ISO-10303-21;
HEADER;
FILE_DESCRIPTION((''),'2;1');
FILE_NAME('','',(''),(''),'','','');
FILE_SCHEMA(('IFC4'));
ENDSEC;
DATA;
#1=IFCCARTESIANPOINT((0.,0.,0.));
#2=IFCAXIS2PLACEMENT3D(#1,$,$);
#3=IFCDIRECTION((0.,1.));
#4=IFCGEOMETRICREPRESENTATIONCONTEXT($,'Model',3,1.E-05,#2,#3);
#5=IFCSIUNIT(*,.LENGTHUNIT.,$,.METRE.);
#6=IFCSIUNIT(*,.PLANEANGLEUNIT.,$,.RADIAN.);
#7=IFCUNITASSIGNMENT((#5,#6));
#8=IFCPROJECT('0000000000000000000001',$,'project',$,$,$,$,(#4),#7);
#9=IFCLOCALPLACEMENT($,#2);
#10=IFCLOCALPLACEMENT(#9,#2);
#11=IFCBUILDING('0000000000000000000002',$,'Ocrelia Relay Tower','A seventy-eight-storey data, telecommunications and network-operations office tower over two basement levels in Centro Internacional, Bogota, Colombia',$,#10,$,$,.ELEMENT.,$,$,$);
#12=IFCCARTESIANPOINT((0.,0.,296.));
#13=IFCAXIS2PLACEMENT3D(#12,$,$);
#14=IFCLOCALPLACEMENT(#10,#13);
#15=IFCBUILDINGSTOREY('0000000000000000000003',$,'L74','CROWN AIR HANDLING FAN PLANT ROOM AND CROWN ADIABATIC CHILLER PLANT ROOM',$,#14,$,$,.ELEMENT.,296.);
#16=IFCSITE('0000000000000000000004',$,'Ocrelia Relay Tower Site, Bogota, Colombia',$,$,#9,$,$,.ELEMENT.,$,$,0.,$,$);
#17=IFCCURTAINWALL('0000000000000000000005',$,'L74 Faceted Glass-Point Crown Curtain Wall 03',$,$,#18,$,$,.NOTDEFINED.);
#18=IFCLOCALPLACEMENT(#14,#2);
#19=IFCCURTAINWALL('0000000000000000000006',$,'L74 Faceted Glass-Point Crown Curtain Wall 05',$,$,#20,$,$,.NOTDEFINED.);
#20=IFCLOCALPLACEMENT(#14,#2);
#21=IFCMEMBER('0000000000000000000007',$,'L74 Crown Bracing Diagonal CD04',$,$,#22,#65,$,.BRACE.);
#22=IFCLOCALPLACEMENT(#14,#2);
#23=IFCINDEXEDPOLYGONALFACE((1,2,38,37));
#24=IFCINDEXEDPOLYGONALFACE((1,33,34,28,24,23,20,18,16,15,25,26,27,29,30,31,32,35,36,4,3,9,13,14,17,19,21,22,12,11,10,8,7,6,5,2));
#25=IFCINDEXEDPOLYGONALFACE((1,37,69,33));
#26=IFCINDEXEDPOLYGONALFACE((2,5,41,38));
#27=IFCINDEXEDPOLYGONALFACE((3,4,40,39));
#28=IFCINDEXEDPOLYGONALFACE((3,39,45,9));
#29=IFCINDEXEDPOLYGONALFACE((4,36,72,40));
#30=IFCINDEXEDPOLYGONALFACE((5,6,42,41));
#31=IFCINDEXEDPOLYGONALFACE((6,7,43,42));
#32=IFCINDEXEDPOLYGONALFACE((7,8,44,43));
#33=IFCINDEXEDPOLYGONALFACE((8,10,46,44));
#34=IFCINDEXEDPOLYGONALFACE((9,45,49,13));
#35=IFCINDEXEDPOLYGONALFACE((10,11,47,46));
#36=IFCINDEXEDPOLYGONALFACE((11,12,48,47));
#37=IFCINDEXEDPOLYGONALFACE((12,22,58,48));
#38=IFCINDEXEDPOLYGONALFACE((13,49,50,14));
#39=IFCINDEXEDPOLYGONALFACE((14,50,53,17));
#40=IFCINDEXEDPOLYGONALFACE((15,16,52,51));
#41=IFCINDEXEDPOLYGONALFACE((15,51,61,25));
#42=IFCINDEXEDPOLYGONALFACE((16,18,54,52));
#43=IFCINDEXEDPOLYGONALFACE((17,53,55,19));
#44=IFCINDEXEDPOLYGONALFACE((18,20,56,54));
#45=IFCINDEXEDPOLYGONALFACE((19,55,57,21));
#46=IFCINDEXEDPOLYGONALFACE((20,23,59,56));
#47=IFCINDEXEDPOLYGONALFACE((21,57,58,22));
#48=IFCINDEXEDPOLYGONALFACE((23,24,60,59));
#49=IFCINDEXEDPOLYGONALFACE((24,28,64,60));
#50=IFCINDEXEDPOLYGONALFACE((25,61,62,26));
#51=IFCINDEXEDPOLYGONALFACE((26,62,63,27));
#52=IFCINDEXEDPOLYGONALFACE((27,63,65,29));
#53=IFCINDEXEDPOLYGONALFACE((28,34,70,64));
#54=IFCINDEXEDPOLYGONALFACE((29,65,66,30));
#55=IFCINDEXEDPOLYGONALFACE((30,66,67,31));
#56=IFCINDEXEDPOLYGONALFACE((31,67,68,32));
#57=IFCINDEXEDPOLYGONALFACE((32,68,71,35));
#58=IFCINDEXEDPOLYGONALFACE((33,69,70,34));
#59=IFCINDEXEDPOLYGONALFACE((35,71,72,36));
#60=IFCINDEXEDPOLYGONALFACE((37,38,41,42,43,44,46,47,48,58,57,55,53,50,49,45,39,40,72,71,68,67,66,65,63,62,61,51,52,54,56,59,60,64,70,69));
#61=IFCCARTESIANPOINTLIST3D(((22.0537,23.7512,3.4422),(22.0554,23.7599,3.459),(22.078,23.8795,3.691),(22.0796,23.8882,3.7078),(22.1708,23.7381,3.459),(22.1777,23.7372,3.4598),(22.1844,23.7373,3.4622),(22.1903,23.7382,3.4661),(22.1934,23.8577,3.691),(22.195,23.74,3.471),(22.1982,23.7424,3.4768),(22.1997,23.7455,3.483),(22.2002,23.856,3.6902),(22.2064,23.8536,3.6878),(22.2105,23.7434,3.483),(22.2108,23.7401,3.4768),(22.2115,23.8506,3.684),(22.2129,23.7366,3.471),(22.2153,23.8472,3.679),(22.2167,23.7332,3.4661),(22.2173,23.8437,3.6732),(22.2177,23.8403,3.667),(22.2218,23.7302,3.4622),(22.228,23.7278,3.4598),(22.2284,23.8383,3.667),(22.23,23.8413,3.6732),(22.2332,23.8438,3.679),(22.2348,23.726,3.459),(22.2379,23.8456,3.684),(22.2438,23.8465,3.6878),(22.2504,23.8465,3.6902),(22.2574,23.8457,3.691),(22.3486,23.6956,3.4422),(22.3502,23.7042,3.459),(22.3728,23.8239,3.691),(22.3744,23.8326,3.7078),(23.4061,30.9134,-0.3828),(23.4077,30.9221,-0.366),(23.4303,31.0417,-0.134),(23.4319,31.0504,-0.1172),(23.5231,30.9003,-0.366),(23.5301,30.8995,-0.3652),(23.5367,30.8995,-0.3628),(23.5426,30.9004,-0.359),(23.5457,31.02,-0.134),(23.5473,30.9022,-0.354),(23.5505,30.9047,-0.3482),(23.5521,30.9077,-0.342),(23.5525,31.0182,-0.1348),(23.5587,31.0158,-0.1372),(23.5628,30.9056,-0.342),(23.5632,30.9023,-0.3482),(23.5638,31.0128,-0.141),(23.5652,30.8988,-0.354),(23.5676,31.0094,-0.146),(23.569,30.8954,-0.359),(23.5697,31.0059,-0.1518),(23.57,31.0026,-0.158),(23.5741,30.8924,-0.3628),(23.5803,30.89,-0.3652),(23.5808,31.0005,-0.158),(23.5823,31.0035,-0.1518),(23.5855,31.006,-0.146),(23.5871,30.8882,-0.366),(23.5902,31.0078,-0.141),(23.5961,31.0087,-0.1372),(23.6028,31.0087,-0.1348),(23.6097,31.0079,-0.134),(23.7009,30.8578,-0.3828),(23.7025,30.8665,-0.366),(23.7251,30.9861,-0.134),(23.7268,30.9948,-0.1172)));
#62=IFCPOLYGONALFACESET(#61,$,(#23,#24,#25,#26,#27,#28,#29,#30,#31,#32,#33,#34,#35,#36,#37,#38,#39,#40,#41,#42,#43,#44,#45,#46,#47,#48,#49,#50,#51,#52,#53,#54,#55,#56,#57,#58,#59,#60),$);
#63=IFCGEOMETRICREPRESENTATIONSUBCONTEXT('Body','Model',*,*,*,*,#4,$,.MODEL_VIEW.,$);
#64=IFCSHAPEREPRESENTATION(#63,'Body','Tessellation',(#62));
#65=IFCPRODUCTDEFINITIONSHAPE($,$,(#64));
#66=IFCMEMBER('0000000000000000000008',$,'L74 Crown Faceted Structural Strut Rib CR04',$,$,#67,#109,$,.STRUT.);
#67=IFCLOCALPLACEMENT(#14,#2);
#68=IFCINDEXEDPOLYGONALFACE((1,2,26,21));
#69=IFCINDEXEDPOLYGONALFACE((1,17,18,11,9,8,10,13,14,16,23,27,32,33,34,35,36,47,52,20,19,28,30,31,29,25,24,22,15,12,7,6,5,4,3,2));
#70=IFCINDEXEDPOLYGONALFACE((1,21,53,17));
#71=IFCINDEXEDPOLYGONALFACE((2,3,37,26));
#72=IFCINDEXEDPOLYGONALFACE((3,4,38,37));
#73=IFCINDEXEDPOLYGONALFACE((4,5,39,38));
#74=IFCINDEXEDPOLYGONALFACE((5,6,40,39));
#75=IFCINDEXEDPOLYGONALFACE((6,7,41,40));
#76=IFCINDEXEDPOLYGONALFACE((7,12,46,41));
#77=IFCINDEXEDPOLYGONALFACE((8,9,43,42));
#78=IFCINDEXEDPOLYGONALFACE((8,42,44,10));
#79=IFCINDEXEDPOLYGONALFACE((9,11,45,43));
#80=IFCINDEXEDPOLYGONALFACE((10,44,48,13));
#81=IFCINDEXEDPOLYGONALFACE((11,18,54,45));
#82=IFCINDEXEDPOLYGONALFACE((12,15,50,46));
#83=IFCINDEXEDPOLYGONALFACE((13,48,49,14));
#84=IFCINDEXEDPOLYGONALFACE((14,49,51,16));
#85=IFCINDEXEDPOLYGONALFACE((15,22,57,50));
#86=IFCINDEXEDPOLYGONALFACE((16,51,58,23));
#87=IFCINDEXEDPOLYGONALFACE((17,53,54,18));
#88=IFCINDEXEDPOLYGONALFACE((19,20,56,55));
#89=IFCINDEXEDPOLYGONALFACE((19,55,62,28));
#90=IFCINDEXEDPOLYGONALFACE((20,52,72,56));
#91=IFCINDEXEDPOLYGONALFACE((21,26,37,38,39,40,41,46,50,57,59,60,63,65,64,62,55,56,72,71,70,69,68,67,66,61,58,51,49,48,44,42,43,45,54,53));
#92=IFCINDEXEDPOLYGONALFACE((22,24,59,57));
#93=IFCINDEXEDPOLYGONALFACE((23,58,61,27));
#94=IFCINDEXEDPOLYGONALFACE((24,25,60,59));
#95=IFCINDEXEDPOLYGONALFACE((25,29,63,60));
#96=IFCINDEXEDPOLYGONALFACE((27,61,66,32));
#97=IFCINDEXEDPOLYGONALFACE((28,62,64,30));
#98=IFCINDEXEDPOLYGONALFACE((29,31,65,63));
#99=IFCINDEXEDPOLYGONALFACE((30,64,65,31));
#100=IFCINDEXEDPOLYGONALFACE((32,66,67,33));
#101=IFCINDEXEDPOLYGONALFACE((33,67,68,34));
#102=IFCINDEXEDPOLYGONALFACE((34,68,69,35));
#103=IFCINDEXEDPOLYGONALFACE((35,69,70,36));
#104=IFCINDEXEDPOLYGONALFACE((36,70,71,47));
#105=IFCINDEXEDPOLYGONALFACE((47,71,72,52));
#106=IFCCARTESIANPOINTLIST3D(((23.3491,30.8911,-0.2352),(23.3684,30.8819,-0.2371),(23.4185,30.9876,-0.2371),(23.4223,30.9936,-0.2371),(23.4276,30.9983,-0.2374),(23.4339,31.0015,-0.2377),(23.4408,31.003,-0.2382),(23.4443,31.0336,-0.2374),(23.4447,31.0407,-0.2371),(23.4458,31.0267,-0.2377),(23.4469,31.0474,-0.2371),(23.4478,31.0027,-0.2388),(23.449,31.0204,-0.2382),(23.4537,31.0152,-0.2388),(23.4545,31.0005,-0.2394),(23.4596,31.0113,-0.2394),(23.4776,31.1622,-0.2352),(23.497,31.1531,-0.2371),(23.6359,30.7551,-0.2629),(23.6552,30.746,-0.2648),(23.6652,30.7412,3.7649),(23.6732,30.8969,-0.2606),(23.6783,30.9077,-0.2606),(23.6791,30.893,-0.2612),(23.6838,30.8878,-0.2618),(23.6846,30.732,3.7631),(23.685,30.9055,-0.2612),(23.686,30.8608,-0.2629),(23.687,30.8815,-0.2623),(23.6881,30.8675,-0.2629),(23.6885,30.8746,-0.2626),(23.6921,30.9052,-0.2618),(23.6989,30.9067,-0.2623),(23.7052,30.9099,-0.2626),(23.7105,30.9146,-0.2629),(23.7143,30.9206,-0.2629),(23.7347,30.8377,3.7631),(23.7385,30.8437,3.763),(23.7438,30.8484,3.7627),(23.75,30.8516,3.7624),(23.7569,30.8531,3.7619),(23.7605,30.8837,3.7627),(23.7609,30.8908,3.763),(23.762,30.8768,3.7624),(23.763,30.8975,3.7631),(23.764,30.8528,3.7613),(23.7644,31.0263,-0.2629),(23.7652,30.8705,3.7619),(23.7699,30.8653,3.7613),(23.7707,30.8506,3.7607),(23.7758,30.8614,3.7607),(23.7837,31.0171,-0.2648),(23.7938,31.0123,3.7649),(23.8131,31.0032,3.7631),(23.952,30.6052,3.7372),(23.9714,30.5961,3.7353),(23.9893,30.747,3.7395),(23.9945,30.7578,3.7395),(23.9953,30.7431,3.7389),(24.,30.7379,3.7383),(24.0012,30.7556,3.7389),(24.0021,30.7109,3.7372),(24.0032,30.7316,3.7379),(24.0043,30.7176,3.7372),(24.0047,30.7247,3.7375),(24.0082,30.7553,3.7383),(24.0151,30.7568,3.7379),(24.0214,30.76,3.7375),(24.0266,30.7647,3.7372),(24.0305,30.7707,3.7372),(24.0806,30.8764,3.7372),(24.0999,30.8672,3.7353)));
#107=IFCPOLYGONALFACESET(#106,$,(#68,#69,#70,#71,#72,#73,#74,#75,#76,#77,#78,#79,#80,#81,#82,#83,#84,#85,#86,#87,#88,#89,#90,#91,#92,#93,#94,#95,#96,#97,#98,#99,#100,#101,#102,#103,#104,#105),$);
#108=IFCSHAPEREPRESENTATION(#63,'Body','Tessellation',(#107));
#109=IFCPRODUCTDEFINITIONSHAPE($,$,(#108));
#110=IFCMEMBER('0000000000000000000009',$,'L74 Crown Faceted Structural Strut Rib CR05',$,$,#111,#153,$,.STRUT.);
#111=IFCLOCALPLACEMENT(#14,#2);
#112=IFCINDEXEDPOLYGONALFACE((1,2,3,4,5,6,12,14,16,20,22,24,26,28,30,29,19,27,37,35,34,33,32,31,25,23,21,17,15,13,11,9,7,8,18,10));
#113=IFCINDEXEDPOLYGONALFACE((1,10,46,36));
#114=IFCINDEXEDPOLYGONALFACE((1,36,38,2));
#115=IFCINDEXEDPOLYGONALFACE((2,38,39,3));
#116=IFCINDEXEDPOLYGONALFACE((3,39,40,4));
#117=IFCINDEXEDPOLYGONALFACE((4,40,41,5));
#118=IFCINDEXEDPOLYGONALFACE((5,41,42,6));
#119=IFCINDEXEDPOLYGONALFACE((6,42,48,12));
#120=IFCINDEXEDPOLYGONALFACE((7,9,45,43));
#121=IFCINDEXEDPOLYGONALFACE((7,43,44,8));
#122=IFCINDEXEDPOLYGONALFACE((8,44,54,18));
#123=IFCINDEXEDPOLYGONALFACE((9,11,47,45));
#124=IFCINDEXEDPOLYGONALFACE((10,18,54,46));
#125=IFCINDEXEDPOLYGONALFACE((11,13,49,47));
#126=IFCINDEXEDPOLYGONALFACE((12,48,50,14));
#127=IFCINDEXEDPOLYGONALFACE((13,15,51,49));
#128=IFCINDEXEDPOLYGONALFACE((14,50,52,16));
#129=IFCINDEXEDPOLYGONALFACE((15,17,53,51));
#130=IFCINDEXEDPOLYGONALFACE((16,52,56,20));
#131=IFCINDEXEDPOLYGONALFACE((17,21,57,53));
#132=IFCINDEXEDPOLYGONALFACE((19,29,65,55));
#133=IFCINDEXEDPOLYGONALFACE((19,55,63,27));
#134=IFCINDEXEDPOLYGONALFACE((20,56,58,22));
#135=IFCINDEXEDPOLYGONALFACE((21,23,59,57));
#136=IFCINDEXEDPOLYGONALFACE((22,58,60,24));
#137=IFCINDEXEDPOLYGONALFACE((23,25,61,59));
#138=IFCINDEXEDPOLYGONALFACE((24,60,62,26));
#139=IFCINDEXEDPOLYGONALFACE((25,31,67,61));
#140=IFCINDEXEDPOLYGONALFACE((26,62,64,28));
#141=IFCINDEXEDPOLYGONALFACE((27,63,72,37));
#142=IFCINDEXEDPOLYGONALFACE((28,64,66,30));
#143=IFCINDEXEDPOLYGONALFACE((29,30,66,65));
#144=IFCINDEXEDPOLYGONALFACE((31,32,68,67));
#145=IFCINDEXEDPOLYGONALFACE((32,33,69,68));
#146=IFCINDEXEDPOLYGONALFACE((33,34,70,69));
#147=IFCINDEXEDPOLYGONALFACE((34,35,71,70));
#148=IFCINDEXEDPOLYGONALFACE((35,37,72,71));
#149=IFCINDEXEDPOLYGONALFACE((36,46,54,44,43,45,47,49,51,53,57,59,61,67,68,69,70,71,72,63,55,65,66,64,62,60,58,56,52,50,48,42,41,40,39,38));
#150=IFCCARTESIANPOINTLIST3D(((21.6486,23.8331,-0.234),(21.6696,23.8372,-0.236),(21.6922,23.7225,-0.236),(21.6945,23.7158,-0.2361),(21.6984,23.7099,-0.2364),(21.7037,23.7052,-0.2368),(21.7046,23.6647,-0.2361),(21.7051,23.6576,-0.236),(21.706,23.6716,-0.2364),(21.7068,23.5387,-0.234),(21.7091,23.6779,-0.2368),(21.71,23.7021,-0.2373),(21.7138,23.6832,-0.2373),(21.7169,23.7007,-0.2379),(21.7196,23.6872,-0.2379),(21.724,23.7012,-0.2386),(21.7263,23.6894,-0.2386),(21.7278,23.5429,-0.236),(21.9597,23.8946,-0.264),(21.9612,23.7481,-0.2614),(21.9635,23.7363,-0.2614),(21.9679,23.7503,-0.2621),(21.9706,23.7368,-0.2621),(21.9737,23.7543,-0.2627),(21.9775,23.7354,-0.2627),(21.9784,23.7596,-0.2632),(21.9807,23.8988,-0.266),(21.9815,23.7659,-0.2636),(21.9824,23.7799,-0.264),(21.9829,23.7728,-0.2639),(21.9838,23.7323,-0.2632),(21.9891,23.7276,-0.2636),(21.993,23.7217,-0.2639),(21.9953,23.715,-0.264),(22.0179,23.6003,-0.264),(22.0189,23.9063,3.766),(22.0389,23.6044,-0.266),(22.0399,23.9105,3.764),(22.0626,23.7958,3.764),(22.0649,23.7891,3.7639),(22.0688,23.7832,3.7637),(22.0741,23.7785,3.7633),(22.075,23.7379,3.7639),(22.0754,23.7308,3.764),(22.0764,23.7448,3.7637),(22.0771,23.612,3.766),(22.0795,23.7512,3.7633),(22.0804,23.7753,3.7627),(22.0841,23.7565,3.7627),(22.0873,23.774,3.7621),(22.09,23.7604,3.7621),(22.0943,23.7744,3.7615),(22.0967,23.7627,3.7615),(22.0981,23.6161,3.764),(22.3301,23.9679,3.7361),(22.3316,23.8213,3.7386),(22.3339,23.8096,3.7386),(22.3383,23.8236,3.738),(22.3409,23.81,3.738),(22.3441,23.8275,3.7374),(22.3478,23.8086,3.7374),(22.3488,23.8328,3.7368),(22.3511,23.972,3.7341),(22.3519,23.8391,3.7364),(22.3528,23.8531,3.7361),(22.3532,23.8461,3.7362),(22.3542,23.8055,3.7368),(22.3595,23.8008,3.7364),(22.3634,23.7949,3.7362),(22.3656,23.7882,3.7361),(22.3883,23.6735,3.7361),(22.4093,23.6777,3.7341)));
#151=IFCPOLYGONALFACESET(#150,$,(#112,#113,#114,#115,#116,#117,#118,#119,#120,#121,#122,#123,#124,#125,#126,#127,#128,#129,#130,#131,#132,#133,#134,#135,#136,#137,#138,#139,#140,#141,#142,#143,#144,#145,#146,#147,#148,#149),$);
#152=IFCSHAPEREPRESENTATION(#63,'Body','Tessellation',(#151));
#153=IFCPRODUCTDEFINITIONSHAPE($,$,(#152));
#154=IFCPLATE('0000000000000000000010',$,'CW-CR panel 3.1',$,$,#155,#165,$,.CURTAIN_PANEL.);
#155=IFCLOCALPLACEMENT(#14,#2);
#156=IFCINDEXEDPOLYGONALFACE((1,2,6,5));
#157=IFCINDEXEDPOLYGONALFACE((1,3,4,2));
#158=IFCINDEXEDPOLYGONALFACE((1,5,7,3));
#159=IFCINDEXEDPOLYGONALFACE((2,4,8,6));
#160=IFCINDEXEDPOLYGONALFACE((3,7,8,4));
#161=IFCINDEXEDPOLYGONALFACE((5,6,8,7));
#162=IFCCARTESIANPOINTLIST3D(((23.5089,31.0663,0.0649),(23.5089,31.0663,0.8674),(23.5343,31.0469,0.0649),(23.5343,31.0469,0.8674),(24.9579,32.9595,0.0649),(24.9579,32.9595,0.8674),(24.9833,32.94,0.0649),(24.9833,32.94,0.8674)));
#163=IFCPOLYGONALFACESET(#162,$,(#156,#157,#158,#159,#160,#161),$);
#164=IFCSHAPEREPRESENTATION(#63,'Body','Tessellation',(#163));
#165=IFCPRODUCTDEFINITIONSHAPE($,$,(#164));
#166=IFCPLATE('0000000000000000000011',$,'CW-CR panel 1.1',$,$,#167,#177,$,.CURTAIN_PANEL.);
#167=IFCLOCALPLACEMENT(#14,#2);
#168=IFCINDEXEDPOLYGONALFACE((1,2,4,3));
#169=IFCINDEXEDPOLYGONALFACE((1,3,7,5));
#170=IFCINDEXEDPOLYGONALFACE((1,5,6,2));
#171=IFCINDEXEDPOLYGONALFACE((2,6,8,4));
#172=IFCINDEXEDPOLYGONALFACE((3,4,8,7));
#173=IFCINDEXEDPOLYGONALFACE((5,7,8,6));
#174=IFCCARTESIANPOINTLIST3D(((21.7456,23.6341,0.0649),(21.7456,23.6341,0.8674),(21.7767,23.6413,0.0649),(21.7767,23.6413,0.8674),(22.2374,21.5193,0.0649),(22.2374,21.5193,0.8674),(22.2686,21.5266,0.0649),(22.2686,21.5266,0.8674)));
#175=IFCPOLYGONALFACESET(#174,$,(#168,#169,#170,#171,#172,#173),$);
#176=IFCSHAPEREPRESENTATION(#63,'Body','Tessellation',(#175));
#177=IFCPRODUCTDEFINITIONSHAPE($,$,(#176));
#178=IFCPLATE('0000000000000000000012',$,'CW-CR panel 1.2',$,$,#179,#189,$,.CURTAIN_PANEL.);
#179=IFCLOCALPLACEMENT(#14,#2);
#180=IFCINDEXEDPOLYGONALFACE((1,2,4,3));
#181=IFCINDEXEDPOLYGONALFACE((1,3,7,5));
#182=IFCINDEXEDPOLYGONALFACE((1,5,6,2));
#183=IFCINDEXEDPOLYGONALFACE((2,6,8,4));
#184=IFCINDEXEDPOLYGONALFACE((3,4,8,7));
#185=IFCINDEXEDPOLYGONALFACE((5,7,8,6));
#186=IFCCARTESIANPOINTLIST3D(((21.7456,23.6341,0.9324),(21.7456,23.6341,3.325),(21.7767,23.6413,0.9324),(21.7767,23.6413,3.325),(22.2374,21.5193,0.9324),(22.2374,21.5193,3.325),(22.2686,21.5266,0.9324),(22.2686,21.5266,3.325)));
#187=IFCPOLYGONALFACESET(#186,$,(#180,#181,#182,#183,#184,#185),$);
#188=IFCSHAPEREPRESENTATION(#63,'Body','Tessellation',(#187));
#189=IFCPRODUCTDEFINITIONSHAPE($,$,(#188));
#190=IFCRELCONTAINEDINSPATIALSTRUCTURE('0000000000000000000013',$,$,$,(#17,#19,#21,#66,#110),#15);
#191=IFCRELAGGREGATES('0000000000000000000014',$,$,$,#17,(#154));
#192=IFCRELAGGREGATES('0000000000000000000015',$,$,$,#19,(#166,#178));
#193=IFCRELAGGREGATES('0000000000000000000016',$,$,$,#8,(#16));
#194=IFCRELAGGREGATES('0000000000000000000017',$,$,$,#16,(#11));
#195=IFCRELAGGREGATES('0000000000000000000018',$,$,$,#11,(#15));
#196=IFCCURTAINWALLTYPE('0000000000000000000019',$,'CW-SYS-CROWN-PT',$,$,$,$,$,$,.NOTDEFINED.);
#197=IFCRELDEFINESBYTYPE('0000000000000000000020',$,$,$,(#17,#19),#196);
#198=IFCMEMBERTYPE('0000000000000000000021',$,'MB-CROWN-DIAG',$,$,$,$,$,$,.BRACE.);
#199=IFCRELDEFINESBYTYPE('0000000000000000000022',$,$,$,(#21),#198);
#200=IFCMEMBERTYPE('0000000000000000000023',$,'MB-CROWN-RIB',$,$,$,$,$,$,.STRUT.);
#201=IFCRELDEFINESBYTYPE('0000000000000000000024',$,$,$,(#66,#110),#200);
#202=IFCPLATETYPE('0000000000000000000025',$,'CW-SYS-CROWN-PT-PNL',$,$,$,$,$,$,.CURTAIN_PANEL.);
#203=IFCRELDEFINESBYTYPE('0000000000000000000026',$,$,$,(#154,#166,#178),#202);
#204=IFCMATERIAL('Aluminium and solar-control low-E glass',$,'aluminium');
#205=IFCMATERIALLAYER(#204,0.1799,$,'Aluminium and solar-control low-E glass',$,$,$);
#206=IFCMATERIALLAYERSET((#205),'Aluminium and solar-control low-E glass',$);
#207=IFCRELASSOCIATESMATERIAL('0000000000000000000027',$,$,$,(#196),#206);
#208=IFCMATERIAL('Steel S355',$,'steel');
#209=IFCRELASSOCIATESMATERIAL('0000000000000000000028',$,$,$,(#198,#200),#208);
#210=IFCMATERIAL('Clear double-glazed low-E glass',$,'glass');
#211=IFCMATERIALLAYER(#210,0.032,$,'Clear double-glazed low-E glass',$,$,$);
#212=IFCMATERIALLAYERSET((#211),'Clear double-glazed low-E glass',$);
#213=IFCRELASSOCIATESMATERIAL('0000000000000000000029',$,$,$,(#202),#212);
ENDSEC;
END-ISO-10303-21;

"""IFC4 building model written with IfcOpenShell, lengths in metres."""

from ifc_helpers import new_model, si_unit, direction, frame, origin, origin_2d, place, context, subcontext, project, spatial, rectangle, i_section, extrude, material, layer, layer_set, material_profile, profile_set, type_object, element, aggregate, save


model = new_model("IFC4")

# Units and contexts
model_context = context("Model", 3, precision=1e-05, world=origin(), true_north=direction((0.0, 1.0)))
body_context = subcontext(model_context, "Body", "Model", "MODEL_VIEW")
ifc_project = project(units=[si_unit("LENGTHUNIT", "METRE"), si_unit("PLANEANGLEUNIT", "RADIAN")], contexts=[model_context])

# Site, building, storey
site_placement = place(None, origin())
site = spatial("IfcSite", under=ifc_project, at=site_placement, Name="Ocrelia Relay Tower Site, Bogota, Colombia", CompositionType="ELEMENT", RefElevation=0.0)
building_placement = place(site_placement, origin())
building = spatial("IfcBuilding", under=site, at=building_placement, Name="Ocrelia Relay Tower", Description="A seventy-eight-storey data, telecommunications and network-operations office tower over two basement levels in Centro Internacional, Bogota, Colombia", CompositionType="ELEMENT")
storey_placement = place(building_placement, frame((0.0, 0.0, 296.0)))
storey = spatial("IfcBuildingStorey", under=building, at=storey_placement, Name="L74", Description="CROWN AIR HANDLING FAN PLANT ROOM AND CROWN ADIABATIC CHILLER PLANT ROOM", CompositionType="ELEMENT", Elevation=296.0)

# Shared definitions
ifc_material_1 = material(Name="Steel S355", Category="steel")

# Curtain wall
ifc_material_2 = material(Name="Aluminium and solar-control low-E glass", Category="aluminium")
ifc_layer_1 = layer(ifc_material_2, 0.1799, Name="Aluminium and solar-control low-E glass")
ifc_layer_set_1 = layer_set([ifc_layer_1], Name="Aluminium and solar-control low-E glass")
curtain_wall_type = type_object("IfcCurtainWallType", Name="CW-SYS-CROWN-PT", PredefinedType="NOTDEFINED", material=ifc_layer_set_1)
curtain_wall_1_placement = place(storey_placement, origin())
curtain_wall_1 = element("IfcCurtainWall", 1, at=curtain_wall_1_placement, inside=storey, type_object=curtain_wall_type, Name="L74 Faceted Glass-Point Crown Curtain Wall 03", PredefinedType="NOTDEFINED")

# Curtain wall
curtain_wall_2_placement = place(storey_placement, origin())
curtain_wall_2 = element("IfcCurtainWall", 2, at=curtain_wall_2_placement, inside=storey, type_object=curtain_wall_type, Name="L74 Faceted Glass-Point Crown Curtain Wall 05", PredefinedType="NOTDEFINED")

# Members
ifc_material_profile_1 = material_profile(ifc_material_1, i_section(OverallWidth=0.3, OverallDepth=0.3, WebThickness=0.011, FlangeThickness=0.019, FilletRadius=0.0271, at=origin_2d()), Name="HEB 300")
ifc_profile_set_1 = profile_set([ifc_material_profile_1], Name="Steel S355")
member_type_1 = type_object("IfcMemberType", Name="MB-CROWN-DIAG", PredefinedType="BRACE", material=ifc_profile_set_1)
member_1_placement = place(storey_placement, frame((23.5664, 30.9541, -0.25), z_axis=(-0.164286, -0.870104, 0.464682), x_axis=(0.982638, -0.185534, 0.0)))
element("IfcMember", 3, at=member_1_placement, inside=storey, type_object=member_type_1, Name="L74 Crown Bracing Diagonal CD04", PredefinedType="BRACE", context=body_context, shape_type="SweptSolid", body=[
    extrude(i_section(OverallWidth=0.3, OverallDepth=0.3, WebThickness=0.011, FlangeThickness=0.019, FilletRadius=0.0271, at=origin_2d()), origin(), (0.0, 0.0, 1.0), 8.2314),
])
ifc_material_profile_2 = material_profile(ifc_material_1, i_section(OverallWidth=0.3, OverallDepth=0.3401, WebThickness=0.012, FlangeThickness=0.0215, FilletRadius=0.0271, at=origin_2d()), Name="HEB 340")
ifc_profile_set_2 = profile_set([ifc_material_profile_2], Name="Steel S355")
member_type_2 = type_object("IfcMemberType", Name="MB-CROWN-RIB", PredefinedType="STRUT", material=ifc_profile_set_2)
member_2_placement = place(storey_placement, frame((23.5664, 30.9541, -0.25), z_axis=(0.07874, -0.037333, 0.996196), x_axis=(0.428416, 0.903581, 0.0)))
element("IfcMember", 4, at=member_2_placement, inside=storey, type_object=member_type_2, Name="L74 Crown Faceted Structural Strut Rib CR04", PredefinedType="STRUT", context=body_context, shape_type="SweptSolid", body=[
    extrude(i_section(OverallWidth=0.3, OverallDepth=0.3401, WebThickness=0.012, FlangeThickness=0.0215, FilletRadius=0.0271, at=origin_2d()), origin(), (0.0, 0.0, 1.0), 4.0154),
])
member_3_placement = place(storey_placement, frame((21.8438, 23.7188, -0.25), z_axis=(0.092181, 0.01823, 0.995575), x_axis=(-0.194002, 0.981001, 0.0)))
element("IfcMember", 5, at=member_3_placement, inside=storey, type_object=member_type_2, Name="L74 Crown Faceted Structural Strut Rib CR05", PredefinedType="STRUT", context=body_context, shape_type="SweptSolid", body=[
    extrude(i_section(OverallWidth=0.3, OverallDepth=0.3401, WebThickness=0.012, FlangeThickness=0.0215, FilletRadius=0.0271, at=origin_2d()), origin(), (0.0, 0.0, 1.0), 4.0178),
])

# Plates
ifc_material_3 = material(Name="Clear double-glazed low-E glass", Category="glass")
ifc_layer_2 = layer(ifc_material_3, 0.032, Name="Clear double-glazed low-E glass")
ifc_layer_set_2 = layer_set([ifc_layer_2], Name="Clear double-glazed low-E glass")
plate_type = type_object("IfcPlateType", Name="CW-SYS-CROWN-PT-PNL", PredefinedType="CURTAIN_PANEL", material=ifc_layer_set_2)
plate_1_placement = place(storey_placement, frame((24.2461, 32.0032, 0.0649), z_axis=(0.0, 0.0, 1.0), x_axis=(-0.607778, -0.794107, 0.0)))
plate_1 = element("IfcPlate", 6, at=plate_1_placement, type_object=plate_type, Name="CW-CR panel 3.1", PredefinedType="CURTAIN_PANEL", context=body_context, shape_type="SweptSolid", body=[
    extrude(rectangle(XDim=2.384, YDim=0.032, at=origin_2d()), origin(), (0.0, 0.0, 1.0), 0.8025),
])
aggregate(curtain_wall_1, [plate_1])
plate_2_placement = place(storey_placement, frame((22.0071, 22.5803, 0.0649), z_axis=(0.0, 0.0, 1.0), x_axis=(0.226533, -0.974004, 0.0)))
plate_2 = element("IfcPlate", 7, at=plate_2_placement, type_object=plate_type, Name="CW-CR panel 1.1", PredefinedType="CURTAIN_PANEL", context=body_context, shape_type="SweptSolid", body=[
    extrude(rectangle(XDim=2.1711, YDim=0.032, at=origin_2d()), origin(), (0.0, 0.0, 1.0), 0.8025),
])
plate_3_placement = place(storey_placement, frame((22.0071, 22.5803, 0.9324), z_axis=(0.0, 0.0, 1.0), x_axis=(0.226533, -0.974004, 0.0)))
plate_3 = element("IfcPlate", 8, at=plate_3_placement, type_object=plate_type, Name="CW-CR panel 1.2", PredefinedType="CURTAIN_PANEL", context=body_context, shape_type="SweptSolid", body=[
    extrude(rectangle(XDim=2.1711, YDim=0.032, at=origin_2d()), origin(), (0.0, 0.0, 1.0), 2.3926),
])
aggregate(curtain_wall_2, [plate_2, plate_3])

save(model, "model.ifc")
